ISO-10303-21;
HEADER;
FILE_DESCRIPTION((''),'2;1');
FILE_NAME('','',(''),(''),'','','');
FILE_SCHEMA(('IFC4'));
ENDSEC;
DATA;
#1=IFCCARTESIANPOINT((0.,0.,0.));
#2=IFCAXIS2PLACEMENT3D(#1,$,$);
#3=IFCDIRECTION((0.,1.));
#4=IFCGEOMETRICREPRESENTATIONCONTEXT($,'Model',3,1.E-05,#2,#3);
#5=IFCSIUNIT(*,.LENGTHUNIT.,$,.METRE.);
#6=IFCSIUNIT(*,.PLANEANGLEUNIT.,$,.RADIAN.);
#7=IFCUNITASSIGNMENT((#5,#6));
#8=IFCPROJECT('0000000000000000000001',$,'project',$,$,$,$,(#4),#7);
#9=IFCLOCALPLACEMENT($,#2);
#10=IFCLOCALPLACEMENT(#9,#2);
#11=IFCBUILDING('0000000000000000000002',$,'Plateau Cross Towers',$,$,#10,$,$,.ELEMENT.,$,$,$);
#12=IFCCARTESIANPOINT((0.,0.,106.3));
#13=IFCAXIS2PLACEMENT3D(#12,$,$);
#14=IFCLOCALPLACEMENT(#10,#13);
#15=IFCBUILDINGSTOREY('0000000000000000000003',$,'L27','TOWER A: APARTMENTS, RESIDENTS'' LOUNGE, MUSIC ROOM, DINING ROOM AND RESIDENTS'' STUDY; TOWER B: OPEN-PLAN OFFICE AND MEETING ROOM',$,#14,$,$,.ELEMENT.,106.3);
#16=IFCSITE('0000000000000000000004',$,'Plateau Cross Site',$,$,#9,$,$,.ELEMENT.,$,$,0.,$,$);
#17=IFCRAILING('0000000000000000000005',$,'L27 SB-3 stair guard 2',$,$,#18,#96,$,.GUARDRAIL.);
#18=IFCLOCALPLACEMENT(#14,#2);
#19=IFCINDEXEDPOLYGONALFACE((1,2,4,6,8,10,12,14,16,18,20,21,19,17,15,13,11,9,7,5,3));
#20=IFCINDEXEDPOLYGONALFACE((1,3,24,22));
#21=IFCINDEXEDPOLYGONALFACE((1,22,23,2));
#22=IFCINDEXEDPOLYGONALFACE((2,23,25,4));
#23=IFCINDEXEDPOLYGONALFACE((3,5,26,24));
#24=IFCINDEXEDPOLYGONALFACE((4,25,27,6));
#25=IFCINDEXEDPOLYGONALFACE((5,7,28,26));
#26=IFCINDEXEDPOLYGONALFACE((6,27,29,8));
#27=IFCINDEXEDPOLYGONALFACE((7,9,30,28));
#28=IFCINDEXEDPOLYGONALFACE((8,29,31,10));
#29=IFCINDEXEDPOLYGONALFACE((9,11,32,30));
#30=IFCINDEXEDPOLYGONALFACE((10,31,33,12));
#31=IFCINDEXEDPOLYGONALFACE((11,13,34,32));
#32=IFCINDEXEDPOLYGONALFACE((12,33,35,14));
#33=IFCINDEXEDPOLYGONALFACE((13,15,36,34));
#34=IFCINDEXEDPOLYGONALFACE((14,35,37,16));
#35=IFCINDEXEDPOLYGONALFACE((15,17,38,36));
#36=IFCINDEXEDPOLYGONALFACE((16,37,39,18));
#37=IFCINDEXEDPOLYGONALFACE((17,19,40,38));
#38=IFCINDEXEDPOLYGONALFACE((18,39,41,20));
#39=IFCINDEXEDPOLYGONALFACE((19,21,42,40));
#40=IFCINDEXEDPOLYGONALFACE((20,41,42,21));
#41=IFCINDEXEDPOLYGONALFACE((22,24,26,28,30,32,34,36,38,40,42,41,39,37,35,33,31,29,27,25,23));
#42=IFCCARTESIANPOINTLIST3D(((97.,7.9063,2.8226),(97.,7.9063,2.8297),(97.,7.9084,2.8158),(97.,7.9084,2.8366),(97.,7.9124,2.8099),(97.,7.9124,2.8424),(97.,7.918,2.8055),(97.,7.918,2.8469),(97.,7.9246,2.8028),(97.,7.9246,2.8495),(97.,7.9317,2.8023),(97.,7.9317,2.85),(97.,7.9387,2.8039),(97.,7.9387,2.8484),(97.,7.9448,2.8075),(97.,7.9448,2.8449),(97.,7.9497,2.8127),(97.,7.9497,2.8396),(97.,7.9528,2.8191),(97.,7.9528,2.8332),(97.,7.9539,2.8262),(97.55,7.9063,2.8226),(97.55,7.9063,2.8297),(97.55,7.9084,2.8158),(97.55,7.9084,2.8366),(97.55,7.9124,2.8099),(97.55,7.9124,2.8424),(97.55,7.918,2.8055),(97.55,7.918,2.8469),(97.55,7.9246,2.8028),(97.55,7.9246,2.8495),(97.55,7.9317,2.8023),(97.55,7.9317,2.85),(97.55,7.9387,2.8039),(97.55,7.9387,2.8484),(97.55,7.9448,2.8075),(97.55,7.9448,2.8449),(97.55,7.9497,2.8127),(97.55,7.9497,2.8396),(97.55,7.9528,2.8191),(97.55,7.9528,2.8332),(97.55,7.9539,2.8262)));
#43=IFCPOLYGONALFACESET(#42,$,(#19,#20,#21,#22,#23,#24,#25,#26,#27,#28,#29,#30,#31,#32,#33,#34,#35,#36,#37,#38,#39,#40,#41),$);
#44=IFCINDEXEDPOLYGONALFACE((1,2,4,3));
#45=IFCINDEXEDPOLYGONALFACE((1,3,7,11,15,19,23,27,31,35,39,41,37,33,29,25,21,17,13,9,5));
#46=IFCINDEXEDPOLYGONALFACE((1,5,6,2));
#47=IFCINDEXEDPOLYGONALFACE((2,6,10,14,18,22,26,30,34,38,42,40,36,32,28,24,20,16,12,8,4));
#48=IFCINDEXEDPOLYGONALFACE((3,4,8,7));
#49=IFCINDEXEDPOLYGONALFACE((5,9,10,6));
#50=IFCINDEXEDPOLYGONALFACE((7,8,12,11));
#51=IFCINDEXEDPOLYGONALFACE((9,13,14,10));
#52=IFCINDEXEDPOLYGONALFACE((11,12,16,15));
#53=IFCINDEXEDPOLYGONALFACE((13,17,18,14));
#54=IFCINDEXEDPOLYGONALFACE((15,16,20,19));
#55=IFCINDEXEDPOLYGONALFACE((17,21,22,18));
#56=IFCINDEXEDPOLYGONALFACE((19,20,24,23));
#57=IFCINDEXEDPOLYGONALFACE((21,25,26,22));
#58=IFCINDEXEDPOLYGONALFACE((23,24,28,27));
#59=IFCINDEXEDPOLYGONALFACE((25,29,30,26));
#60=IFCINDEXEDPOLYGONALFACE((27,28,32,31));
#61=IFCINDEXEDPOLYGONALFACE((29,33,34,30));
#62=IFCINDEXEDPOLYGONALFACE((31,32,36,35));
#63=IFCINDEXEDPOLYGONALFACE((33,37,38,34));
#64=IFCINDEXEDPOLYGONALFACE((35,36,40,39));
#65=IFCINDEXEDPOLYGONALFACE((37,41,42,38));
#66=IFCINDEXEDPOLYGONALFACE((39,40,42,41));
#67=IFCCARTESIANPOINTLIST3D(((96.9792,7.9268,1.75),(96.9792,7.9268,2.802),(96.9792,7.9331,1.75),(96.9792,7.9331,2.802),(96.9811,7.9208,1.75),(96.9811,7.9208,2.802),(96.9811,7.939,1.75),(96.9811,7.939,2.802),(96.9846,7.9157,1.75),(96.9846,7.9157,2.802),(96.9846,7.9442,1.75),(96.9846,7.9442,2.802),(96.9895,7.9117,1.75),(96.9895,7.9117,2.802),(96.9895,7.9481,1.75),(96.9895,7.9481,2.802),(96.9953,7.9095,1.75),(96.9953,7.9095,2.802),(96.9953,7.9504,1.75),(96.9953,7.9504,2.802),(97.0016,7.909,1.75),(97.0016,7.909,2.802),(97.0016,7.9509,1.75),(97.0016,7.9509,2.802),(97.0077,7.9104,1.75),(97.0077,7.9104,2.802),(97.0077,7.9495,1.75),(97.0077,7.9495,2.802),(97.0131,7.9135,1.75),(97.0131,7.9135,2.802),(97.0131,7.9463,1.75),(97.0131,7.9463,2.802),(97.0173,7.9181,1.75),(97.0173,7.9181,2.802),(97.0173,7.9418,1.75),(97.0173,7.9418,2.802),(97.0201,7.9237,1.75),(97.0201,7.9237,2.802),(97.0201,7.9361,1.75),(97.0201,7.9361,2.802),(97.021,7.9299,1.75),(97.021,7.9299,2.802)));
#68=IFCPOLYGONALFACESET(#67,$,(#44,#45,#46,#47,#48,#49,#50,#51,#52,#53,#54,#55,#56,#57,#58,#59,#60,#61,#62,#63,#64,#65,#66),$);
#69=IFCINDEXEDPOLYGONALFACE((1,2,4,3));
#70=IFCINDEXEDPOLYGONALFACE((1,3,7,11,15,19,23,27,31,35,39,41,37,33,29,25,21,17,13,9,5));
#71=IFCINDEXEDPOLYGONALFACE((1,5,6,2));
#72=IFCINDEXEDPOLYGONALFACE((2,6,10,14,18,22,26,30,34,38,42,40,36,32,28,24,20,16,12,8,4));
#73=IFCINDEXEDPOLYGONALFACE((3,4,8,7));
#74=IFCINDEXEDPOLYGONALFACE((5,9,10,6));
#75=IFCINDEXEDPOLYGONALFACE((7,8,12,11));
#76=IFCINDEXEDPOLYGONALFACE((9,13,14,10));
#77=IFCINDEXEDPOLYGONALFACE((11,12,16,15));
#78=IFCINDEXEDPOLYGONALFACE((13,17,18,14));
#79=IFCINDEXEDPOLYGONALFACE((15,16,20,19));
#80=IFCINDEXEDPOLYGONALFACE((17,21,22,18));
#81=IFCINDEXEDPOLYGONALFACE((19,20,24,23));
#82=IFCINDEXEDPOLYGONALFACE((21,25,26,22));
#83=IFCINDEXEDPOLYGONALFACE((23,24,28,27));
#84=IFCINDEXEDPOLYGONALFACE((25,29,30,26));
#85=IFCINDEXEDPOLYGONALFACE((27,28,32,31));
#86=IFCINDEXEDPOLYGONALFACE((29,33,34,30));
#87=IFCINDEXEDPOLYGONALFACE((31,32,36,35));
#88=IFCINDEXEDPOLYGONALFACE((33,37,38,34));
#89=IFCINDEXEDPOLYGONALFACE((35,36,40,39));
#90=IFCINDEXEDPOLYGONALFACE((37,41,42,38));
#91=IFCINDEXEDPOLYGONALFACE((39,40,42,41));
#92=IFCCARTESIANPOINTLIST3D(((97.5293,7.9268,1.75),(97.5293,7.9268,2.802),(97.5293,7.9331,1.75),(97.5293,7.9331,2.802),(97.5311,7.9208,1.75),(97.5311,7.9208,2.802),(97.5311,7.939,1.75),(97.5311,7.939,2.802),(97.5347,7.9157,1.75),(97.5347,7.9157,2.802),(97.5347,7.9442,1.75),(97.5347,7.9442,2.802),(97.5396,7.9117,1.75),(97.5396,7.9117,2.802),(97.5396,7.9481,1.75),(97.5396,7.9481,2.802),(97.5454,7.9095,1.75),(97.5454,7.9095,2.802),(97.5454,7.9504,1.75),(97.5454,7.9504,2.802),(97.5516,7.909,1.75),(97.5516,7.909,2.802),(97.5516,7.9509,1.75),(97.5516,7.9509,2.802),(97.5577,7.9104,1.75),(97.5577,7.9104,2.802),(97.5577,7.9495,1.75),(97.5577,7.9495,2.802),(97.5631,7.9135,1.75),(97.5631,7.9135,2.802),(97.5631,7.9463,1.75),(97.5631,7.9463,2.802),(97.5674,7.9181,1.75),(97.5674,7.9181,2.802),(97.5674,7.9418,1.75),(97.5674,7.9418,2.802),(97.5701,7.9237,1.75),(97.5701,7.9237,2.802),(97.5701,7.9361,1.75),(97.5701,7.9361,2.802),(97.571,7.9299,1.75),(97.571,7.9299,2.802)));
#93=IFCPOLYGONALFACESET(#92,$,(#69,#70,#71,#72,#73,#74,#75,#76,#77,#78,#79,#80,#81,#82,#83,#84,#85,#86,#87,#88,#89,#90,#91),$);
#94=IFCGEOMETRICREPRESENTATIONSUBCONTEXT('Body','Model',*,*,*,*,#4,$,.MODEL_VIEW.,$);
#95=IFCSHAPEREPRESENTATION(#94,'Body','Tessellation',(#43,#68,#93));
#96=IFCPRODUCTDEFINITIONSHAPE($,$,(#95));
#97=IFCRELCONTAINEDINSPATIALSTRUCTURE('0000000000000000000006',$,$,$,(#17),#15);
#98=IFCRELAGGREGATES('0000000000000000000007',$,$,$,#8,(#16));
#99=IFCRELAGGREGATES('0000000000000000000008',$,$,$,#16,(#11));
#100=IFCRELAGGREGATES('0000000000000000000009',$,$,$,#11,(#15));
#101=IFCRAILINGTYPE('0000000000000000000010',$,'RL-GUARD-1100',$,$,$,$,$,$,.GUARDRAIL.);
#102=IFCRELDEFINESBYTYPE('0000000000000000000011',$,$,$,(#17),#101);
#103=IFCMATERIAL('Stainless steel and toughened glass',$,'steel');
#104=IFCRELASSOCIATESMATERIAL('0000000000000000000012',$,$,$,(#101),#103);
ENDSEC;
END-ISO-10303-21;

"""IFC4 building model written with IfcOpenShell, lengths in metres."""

from ifc_helpers import new_model, si_unit, direction, frame, origin, origin_2d, place, context, subcontext, project, spatial, circle, extrude, material, type_object, element, save


model = new_model("IFC4")

# Units and contexts
model_context = context("Model", 3, precision=1e-05, world=origin(), true_north=direction((0.0, 1.0)))
body_context = subcontext(model_context, "Body", "Model", "MODEL_VIEW")
ifc_project = project(units=[si_unit("LENGTHUNIT", "METRE"), si_unit("PLANEANGLEUNIT", "RADIAN")], contexts=[model_context])

# Site, building, storey
site_placement = place(None, origin())
site = spatial("IfcSite", under=ifc_project, at=site_placement, Name="Plateau Cross Site", CompositionType="ELEMENT", RefElevation=0.0)
building_placement = place(site_placement, origin())
building = spatial("IfcBuilding", under=site, at=building_placement, Name="Plateau Cross Towers", CompositionType="ELEMENT")
storey_placement = place(building_placement, frame((0.0, 0.0, 106.3)))
storey = spatial("IfcBuildingStorey", under=building, at=storey_placement, Name="L27", Description="TOWER A: APARTMENTS, RESIDENTS' LOUNGE, MUSIC ROOM, DINING ROOM AND RESIDENTS' STUDY; TOWER B: OPEN-PLAN OFFICE AND MEETING ROOM", CompositionType="ELEMENT", Elevation=106.3)

# Railing
ifc_material_1 = material(Name="Stainless steel and toughened glass", Category="steel")
railing_type_1 = type_object("IfcRailingType", Name="RL-GUARD-1100", PredefinedType="GUARDRAIL", material=ifc_material_1)
railing_1_placement = place(storey_placement, frame((97.0, 7.9299, 1.75)))
element("IfcRailing", 1, at=railing_1_placement, inside=storey, type_object=railing_type_1, Name="L27 SB-3 stair guard 2", PredefinedType="GUARDRAIL", context=body_context, shape_type="SweptSolid", body=[
    extrude(circle(Radius=0.0239, at=origin_2d()), frame((0.0, 0.0, 1.0762), z_axis=(1.0, 0.0, 0.0), x_axis=(0.0, 1.0, 0.0)), (0.0, 0.0, 1.0), 0.55),
    extrude(circle(Radius=0.021, at=origin_2d()), origin(), (0.0, 0.0, 1.0), 1.052),
    extrude(circle(Radius=0.021, at=origin_2d()), frame((0.55, 0.0, 0.0)), (0.0, 0.0, 1.0), 1.052),
])

save(model, "model.ifc")
